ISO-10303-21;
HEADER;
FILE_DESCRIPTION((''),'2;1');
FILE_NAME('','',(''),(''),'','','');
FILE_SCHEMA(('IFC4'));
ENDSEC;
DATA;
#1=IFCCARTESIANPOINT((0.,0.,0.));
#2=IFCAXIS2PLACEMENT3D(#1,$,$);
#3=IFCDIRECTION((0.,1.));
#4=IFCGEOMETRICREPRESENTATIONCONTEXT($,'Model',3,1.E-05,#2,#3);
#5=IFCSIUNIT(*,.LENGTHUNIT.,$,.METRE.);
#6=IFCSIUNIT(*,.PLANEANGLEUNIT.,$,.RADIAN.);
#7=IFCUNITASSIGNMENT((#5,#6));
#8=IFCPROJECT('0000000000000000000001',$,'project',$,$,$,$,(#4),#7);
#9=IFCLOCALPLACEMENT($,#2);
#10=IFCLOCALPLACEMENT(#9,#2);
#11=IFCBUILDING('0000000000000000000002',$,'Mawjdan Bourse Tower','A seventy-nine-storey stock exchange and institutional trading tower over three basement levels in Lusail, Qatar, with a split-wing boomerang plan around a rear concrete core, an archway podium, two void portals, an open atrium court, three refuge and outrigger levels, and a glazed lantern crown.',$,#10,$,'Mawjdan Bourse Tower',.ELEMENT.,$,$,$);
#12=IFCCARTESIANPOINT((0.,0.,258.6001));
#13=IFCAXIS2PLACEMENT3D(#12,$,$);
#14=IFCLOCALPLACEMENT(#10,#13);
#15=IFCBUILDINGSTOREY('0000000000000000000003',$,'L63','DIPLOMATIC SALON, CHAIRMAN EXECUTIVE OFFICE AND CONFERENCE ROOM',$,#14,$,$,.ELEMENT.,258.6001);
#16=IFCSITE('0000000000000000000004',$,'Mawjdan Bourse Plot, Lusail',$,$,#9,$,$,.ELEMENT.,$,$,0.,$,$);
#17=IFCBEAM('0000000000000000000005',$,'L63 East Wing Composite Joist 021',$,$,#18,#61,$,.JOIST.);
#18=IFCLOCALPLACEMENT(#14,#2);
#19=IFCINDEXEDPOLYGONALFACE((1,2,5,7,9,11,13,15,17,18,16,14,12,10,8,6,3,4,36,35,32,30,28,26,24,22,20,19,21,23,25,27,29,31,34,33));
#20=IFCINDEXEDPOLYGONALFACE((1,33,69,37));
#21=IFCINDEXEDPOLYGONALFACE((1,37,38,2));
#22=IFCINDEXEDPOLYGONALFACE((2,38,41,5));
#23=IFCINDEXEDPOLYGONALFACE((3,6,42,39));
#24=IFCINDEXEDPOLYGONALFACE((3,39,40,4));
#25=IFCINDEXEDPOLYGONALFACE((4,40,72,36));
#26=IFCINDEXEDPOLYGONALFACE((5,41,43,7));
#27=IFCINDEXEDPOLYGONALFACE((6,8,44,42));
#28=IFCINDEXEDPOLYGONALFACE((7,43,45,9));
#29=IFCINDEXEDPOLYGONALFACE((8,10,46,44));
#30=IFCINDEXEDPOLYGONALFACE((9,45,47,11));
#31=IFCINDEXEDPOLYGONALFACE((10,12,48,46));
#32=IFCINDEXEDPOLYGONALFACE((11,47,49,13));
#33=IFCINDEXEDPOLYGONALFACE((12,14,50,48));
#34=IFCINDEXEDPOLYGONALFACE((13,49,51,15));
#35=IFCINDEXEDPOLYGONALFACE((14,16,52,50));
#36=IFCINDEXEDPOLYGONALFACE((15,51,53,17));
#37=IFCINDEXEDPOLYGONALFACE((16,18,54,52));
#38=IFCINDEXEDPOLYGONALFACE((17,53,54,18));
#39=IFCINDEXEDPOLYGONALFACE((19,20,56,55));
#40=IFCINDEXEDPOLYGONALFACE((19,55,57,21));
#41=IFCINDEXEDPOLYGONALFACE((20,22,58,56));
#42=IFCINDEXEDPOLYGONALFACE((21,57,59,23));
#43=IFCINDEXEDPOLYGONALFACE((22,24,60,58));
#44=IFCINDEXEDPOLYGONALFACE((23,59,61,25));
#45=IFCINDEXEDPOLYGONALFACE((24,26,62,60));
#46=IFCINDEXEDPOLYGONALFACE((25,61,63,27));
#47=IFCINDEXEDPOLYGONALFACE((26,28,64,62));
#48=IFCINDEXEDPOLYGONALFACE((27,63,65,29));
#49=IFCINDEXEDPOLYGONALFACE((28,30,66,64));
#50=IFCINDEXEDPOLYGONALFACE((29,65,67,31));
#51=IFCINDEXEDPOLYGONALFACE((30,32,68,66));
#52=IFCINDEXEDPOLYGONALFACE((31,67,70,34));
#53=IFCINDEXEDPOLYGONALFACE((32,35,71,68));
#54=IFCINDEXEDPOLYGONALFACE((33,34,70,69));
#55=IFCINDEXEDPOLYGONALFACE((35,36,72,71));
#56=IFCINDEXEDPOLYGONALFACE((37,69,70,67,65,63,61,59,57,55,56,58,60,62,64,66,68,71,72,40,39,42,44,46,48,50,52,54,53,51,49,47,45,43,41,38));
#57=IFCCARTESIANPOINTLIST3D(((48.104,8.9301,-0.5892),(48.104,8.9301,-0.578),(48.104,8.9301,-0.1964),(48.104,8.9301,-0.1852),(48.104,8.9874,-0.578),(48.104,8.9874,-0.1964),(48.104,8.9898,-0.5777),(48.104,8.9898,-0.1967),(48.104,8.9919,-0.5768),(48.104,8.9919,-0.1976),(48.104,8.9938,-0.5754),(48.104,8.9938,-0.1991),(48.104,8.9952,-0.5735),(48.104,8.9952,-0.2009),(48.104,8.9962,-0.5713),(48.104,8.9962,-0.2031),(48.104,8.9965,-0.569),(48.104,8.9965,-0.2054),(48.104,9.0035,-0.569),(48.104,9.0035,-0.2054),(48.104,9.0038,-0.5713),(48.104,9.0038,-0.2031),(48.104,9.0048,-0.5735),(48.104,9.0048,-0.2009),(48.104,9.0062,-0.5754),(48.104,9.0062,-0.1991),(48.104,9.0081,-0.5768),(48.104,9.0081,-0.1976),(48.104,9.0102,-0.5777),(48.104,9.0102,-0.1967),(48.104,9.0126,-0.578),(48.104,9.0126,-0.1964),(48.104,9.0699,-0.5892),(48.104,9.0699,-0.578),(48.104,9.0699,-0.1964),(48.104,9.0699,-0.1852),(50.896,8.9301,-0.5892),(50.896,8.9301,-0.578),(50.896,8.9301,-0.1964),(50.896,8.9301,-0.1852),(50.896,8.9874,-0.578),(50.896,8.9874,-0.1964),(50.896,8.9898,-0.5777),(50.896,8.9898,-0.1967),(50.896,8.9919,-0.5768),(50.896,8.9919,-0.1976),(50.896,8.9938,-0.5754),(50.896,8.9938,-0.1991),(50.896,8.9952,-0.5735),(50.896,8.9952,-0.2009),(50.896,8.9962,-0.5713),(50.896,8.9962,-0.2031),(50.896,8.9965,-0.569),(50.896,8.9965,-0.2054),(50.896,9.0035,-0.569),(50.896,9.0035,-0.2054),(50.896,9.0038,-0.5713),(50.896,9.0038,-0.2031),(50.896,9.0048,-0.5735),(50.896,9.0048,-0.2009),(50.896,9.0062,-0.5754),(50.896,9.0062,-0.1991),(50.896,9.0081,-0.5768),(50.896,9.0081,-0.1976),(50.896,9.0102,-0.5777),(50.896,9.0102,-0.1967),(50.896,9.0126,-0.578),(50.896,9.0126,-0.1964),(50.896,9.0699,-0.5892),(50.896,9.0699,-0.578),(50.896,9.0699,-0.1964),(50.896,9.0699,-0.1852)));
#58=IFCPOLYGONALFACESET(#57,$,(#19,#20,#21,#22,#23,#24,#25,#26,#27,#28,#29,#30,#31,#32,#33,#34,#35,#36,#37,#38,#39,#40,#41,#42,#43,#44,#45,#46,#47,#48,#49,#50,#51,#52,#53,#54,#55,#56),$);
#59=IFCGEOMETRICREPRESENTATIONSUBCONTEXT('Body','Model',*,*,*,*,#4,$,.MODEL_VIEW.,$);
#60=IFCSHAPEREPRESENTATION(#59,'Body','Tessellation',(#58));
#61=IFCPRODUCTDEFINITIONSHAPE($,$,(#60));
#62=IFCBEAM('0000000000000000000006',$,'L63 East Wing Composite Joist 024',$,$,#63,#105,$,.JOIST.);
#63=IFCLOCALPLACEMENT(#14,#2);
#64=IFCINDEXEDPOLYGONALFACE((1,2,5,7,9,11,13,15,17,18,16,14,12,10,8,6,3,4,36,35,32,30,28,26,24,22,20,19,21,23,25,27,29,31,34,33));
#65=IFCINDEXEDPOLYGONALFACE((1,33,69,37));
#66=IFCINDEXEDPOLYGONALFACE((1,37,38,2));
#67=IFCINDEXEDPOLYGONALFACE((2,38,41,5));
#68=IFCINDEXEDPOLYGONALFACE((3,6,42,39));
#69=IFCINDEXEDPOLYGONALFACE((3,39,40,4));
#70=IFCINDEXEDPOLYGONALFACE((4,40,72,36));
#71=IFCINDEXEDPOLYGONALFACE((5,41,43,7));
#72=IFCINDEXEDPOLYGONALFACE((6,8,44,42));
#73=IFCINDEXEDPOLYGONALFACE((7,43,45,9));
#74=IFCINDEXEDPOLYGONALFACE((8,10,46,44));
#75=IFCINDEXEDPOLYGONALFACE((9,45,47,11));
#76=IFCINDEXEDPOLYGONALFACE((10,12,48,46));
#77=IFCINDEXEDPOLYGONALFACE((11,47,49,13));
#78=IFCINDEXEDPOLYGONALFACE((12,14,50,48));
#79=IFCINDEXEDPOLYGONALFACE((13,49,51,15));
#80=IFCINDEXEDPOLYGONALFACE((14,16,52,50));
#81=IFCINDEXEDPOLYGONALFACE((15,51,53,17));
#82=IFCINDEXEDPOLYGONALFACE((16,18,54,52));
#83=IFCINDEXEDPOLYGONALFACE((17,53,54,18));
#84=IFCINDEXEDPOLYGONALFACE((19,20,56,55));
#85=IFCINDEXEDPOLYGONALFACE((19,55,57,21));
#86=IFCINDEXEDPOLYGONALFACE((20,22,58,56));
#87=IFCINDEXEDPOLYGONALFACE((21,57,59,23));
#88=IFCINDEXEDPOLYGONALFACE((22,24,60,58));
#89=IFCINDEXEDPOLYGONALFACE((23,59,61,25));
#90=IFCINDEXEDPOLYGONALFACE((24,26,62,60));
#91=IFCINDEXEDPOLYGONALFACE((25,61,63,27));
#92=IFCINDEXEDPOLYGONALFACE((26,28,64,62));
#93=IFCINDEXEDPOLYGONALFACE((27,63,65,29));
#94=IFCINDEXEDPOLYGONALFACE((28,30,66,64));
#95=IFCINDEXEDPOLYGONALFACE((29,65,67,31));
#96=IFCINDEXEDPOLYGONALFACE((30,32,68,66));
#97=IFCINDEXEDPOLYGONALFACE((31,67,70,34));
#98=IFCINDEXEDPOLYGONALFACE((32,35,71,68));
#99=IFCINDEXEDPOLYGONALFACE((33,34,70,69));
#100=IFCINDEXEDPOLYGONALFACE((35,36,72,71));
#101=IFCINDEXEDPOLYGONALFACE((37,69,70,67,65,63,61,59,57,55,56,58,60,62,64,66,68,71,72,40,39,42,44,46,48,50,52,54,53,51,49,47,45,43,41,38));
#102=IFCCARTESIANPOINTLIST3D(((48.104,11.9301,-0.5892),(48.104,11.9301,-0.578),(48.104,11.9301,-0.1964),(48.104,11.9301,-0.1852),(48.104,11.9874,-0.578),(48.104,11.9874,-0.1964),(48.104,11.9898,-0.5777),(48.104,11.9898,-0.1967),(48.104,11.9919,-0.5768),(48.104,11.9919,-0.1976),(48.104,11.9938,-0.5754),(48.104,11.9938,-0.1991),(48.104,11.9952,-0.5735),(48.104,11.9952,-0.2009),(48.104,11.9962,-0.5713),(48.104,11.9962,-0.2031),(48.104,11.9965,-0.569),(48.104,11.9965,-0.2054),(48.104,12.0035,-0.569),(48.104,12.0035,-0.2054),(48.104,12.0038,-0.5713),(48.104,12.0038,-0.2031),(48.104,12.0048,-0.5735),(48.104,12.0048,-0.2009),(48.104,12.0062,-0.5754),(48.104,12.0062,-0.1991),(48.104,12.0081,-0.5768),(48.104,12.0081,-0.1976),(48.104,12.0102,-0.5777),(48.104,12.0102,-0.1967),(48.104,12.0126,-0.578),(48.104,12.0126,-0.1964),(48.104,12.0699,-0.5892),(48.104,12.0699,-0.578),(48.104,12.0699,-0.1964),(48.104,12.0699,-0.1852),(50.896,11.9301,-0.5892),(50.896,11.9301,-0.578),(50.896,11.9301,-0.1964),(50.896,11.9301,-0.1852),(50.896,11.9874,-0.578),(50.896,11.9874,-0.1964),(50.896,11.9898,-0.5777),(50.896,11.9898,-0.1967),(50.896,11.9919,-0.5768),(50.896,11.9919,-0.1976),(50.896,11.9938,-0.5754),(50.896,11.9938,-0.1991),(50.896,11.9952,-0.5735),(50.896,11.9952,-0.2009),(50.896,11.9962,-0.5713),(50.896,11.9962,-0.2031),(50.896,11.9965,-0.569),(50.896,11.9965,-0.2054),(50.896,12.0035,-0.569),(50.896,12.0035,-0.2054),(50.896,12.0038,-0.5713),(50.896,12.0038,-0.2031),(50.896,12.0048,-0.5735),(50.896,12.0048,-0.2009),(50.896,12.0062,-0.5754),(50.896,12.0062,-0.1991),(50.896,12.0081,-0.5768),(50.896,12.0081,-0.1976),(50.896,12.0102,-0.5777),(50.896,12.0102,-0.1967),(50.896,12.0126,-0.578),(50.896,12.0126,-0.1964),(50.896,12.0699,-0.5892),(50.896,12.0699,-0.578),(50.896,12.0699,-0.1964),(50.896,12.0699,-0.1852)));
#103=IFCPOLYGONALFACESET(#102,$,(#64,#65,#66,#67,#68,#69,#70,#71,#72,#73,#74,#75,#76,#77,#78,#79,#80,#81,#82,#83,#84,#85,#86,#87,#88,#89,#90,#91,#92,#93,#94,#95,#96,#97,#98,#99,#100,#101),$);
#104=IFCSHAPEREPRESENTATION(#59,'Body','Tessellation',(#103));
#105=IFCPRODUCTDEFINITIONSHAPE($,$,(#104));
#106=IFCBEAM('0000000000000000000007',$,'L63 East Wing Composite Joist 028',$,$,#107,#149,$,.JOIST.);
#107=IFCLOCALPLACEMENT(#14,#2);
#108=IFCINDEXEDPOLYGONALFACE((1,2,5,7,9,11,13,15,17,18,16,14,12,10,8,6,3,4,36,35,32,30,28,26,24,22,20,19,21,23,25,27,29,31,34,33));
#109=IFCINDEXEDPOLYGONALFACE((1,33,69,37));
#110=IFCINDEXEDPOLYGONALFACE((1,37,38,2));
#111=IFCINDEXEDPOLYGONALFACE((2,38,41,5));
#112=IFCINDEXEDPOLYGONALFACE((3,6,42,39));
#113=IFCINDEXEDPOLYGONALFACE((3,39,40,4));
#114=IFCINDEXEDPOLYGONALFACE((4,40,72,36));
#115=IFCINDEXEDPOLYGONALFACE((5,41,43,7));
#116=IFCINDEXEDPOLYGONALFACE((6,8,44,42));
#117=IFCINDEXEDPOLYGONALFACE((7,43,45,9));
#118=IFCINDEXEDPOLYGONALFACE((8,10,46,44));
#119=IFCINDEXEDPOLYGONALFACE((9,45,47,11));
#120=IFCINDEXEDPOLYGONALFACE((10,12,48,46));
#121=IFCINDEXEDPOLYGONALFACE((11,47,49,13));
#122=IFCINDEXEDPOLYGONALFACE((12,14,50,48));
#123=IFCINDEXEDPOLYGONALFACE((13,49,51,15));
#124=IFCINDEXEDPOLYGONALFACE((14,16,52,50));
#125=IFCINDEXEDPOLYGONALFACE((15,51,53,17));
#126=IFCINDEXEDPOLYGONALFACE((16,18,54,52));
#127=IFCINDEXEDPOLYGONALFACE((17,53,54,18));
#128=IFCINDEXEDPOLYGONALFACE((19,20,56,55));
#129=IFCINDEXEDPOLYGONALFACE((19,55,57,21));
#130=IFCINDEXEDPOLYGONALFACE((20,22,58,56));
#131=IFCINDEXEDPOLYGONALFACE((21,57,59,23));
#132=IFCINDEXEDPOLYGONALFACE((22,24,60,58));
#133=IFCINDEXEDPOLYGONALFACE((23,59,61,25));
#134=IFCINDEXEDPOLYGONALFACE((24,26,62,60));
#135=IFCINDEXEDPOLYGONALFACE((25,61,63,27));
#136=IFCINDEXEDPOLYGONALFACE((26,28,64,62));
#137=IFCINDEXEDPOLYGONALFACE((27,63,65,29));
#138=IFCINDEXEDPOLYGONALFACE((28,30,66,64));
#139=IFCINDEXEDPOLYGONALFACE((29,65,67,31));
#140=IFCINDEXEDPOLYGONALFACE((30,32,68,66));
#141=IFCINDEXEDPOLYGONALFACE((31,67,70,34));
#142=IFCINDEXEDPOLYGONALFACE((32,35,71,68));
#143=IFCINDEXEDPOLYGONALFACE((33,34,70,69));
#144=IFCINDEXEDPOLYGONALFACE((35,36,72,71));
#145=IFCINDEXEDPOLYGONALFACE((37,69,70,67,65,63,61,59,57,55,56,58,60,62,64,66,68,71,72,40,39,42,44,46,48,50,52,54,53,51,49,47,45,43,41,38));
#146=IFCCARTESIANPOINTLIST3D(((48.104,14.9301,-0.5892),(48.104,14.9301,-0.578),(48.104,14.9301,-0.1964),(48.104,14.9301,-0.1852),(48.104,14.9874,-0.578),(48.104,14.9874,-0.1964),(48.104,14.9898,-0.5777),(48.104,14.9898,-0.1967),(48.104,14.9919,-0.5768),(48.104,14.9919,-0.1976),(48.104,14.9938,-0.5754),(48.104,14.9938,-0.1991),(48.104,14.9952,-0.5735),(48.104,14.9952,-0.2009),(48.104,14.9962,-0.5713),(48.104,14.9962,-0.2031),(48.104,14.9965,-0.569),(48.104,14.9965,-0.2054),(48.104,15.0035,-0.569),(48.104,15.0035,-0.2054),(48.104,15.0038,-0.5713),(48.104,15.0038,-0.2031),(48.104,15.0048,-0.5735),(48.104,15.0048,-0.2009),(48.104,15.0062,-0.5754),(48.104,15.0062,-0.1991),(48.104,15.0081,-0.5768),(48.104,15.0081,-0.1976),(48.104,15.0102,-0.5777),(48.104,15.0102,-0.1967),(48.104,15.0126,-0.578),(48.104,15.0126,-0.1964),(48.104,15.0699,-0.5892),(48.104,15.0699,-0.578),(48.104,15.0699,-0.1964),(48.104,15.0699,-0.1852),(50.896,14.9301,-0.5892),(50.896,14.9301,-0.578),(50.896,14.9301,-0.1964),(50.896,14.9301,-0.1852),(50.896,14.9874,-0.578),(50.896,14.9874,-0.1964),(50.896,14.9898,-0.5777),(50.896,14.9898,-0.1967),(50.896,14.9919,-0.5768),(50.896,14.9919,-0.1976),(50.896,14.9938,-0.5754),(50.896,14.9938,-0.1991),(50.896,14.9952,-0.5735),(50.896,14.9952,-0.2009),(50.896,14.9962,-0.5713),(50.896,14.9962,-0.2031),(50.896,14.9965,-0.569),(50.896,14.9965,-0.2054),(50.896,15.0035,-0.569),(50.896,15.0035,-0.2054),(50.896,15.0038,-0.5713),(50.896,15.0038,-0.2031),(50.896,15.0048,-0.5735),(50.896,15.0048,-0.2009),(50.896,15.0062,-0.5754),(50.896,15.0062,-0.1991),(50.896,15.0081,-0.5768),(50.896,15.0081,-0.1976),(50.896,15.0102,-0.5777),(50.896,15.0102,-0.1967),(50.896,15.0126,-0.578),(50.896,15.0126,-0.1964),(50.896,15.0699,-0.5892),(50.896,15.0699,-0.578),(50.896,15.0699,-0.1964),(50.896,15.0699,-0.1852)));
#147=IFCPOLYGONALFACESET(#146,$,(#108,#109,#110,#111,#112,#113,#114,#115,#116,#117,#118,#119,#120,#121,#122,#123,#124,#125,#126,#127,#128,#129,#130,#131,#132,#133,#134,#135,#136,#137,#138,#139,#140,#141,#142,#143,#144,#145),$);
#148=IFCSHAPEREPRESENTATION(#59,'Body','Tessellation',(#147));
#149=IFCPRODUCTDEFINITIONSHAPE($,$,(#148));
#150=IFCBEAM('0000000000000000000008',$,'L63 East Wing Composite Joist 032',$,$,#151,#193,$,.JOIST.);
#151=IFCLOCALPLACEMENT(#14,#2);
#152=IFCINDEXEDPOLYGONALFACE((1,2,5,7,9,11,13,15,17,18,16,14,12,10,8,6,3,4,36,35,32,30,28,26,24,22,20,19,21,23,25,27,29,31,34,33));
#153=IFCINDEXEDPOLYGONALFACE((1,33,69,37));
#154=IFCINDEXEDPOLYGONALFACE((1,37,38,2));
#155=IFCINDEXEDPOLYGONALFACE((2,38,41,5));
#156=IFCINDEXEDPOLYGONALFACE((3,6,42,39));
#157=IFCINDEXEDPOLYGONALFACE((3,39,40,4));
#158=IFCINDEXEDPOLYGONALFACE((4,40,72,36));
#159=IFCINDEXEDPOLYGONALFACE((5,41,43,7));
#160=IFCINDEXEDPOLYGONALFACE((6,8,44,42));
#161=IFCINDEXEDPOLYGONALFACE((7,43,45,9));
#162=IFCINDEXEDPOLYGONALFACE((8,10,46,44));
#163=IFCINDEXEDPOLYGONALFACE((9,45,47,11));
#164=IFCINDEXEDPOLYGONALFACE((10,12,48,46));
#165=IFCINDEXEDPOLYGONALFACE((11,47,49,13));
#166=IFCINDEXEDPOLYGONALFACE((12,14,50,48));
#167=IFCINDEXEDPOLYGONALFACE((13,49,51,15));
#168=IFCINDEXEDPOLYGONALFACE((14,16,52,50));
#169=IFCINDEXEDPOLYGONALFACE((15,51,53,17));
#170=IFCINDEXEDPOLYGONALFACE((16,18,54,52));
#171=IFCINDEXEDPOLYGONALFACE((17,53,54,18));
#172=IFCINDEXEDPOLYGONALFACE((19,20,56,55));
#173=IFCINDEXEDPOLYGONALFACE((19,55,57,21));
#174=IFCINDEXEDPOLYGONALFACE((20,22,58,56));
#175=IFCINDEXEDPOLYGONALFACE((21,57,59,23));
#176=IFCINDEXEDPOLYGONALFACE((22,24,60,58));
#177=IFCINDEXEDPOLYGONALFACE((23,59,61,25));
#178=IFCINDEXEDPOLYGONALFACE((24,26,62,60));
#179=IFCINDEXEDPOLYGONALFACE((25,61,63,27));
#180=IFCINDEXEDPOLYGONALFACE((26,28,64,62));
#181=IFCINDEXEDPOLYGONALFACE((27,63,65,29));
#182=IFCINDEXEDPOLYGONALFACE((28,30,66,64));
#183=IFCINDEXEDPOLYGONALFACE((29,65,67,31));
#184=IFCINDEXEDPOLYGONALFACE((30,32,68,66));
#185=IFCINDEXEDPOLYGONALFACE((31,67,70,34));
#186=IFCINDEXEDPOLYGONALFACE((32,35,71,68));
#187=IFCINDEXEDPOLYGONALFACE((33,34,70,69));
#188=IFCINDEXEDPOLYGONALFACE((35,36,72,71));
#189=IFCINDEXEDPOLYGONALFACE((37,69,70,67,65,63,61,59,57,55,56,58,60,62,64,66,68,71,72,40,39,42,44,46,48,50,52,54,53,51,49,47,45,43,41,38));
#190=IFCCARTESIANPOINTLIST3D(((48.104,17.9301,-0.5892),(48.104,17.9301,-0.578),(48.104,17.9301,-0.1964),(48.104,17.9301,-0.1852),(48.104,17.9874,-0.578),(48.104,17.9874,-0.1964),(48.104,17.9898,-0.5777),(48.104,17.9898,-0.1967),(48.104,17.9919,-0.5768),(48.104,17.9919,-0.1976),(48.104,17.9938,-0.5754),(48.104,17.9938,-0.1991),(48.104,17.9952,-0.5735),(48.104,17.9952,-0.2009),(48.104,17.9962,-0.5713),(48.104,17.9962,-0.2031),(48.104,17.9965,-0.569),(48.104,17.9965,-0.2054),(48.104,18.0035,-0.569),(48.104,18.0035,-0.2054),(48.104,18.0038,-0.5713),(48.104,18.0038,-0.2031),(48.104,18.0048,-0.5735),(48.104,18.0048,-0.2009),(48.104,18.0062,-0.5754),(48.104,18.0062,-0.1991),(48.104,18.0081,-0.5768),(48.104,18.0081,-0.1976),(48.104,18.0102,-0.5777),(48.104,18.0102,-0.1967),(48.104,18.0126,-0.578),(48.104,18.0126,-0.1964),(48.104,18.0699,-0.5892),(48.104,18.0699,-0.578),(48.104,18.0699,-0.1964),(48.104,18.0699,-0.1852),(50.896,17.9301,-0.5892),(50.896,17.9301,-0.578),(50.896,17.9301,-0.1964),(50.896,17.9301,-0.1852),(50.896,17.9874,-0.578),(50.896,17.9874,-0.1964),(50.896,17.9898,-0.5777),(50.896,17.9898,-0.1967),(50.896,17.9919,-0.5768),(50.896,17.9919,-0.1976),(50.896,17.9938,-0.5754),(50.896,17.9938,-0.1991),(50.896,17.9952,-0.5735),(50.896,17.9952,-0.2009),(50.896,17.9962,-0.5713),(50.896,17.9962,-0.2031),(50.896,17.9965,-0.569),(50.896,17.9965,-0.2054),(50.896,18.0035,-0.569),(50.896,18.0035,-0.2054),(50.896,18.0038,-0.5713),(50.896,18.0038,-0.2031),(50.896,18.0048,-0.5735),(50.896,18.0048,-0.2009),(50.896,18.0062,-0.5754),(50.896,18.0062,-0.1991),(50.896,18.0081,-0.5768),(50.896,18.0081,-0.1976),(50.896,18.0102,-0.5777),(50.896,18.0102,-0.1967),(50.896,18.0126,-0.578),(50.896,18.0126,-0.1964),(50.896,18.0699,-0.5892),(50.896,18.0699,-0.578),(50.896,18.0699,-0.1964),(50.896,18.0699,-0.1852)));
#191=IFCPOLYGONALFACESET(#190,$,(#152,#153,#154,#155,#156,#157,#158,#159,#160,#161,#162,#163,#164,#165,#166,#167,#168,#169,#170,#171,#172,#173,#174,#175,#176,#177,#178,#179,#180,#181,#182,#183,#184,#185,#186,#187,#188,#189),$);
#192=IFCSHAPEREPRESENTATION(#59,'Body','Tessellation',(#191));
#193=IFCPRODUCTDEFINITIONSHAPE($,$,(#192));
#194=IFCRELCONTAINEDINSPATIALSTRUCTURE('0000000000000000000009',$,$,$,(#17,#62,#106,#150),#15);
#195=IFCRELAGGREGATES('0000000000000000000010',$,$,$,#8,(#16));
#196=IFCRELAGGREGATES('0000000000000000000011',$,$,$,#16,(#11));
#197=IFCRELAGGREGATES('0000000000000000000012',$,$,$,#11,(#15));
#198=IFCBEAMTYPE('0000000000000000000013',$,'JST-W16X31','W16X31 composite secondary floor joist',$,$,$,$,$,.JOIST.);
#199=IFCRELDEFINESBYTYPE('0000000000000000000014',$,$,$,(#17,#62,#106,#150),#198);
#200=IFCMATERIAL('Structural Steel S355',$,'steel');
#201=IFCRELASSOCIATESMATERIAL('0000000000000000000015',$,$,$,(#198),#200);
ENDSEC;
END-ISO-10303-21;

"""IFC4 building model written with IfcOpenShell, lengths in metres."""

from ifc_helpers import new_model, si_unit, direction, frame, origin, origin_2d, place, context, subcontext, project, spatial, i_section, extrude, material, material_profile, profile_set, type_object, element, save


model = new_model("IFC4")

# Units and contexts
model_context = context("Model", 3, precision=1e-05, world=origin(), true_north=direction((0.0, 1.0)))
body_context = subcontext(model_context, "Body", "Model", "MODEL_VIEW")
ifc_project = project(units=[si_unit("LENGTHUNIT", "METRE"), si_unit("PLANEANGLEUNIT", "RADIAN")], contexts=[model_context])

# Site, building, storey
site_placement = place(None, origin())
site = spatial("IfcSite", under=ifc_project, at=site_placement, Name="Mawjdan Bourse Plot, Lusail", CompositionType="ELEMENT", RefElevation=0.0)
building_placement = place(site_placement, origin())
building = spatial("IfcBuilding", under=site, at=building_placement, Name="Mawjdan Bourse Tower", Description="A seventy-nine-storey stock exchange and institutional trading tower over three basement levels in Lusail, Qatar, with a split-wing boomerang plan around a rear concrete core, an archway podium, two void portals, an open atrium court, three refuge and outrigger levels, and a glazed lantern crown.", LongName="Mawjdan Bourse Tower", CompositionType="ELEMENT")
storey_placement = place(building_placement, frame((0.0, 0.0, 258.6001)))
storey = spatial("IfcBuildingStorey", under=building, at=storey_placement, Name="L63", Description="DIPLOMATIC SALON, CHAIRMAN EXECUTIVE OFFICE AND CONFERENCE ROOM", CompositionType="ELEMENT", Elevation=258.6001)

# Beams
ifc_material_1 = material(Name="Structural Steel S355", Category="steel")
ifc_material_profile_1 = material_profile(ifc_material_1, i_section(OverallWidth=0.1399, OverallDepth=0.4041, WebThickness=0.0071, FlangeThickness=0.0112, FilletRadius=0.009, at=origin_2d()), Name="W16X31")
ifc_profile_set_1 = profile_set([ifc_material_profile_1], Name="Structural Steel S355")
beam_type_1 = type_object("IfcBeamType", Name="JST-W16X31", Description="W16X31 composite secondary floor joist", PredefinedType="JOIST", material=ifc_profile_set_1)
for number, where, z_axis, x_axis, name in (
    (1, (48.104, 9.0, -0.3872), (1.0, 0.0, 0.0), (0.0, 1.0, 0.0), "L63 East Wing Composite Joist 021"),
    (2, (48.104, 12.0, -0.3872), (1.0, 0.0, 0.0), (0.0, 1.0, 0.0), "L63 East Wing Composite Joist 024"),
    (3, (48.104, 15.0, -0.3872), (1.0, 0.0, 0.0), (0.0, 1.0, 0.0), "L63 East Wing Composite Joist 028"),
    (4, (48.104, 18.0, -0.3872), (1.0, 0.0, 0.0), (0.0, 1.0, 0.0), "L63 East Wing Composite Joist 032"),
):
    element("IfcBeam", number, at=place(storey_placement, frame(where, z_axis=z_axis, x_axis=x_axis)), inside=storey, type_object=beam_type_1, Name=name, PredefinedType="JOIST", context=body_context, shape_type="SweptSolid", body=[
        extrude(i_section(OverallWidth=0.1399, OverallDepth=0.4041, WebThickness=0.0071, FlangeThickness=0.0112, FilletRadius=0.009, at=origin_2d()), origin(), (0.0, 0.0, 1.0), 2.792),
    ])

save(model, "model.ifc")
